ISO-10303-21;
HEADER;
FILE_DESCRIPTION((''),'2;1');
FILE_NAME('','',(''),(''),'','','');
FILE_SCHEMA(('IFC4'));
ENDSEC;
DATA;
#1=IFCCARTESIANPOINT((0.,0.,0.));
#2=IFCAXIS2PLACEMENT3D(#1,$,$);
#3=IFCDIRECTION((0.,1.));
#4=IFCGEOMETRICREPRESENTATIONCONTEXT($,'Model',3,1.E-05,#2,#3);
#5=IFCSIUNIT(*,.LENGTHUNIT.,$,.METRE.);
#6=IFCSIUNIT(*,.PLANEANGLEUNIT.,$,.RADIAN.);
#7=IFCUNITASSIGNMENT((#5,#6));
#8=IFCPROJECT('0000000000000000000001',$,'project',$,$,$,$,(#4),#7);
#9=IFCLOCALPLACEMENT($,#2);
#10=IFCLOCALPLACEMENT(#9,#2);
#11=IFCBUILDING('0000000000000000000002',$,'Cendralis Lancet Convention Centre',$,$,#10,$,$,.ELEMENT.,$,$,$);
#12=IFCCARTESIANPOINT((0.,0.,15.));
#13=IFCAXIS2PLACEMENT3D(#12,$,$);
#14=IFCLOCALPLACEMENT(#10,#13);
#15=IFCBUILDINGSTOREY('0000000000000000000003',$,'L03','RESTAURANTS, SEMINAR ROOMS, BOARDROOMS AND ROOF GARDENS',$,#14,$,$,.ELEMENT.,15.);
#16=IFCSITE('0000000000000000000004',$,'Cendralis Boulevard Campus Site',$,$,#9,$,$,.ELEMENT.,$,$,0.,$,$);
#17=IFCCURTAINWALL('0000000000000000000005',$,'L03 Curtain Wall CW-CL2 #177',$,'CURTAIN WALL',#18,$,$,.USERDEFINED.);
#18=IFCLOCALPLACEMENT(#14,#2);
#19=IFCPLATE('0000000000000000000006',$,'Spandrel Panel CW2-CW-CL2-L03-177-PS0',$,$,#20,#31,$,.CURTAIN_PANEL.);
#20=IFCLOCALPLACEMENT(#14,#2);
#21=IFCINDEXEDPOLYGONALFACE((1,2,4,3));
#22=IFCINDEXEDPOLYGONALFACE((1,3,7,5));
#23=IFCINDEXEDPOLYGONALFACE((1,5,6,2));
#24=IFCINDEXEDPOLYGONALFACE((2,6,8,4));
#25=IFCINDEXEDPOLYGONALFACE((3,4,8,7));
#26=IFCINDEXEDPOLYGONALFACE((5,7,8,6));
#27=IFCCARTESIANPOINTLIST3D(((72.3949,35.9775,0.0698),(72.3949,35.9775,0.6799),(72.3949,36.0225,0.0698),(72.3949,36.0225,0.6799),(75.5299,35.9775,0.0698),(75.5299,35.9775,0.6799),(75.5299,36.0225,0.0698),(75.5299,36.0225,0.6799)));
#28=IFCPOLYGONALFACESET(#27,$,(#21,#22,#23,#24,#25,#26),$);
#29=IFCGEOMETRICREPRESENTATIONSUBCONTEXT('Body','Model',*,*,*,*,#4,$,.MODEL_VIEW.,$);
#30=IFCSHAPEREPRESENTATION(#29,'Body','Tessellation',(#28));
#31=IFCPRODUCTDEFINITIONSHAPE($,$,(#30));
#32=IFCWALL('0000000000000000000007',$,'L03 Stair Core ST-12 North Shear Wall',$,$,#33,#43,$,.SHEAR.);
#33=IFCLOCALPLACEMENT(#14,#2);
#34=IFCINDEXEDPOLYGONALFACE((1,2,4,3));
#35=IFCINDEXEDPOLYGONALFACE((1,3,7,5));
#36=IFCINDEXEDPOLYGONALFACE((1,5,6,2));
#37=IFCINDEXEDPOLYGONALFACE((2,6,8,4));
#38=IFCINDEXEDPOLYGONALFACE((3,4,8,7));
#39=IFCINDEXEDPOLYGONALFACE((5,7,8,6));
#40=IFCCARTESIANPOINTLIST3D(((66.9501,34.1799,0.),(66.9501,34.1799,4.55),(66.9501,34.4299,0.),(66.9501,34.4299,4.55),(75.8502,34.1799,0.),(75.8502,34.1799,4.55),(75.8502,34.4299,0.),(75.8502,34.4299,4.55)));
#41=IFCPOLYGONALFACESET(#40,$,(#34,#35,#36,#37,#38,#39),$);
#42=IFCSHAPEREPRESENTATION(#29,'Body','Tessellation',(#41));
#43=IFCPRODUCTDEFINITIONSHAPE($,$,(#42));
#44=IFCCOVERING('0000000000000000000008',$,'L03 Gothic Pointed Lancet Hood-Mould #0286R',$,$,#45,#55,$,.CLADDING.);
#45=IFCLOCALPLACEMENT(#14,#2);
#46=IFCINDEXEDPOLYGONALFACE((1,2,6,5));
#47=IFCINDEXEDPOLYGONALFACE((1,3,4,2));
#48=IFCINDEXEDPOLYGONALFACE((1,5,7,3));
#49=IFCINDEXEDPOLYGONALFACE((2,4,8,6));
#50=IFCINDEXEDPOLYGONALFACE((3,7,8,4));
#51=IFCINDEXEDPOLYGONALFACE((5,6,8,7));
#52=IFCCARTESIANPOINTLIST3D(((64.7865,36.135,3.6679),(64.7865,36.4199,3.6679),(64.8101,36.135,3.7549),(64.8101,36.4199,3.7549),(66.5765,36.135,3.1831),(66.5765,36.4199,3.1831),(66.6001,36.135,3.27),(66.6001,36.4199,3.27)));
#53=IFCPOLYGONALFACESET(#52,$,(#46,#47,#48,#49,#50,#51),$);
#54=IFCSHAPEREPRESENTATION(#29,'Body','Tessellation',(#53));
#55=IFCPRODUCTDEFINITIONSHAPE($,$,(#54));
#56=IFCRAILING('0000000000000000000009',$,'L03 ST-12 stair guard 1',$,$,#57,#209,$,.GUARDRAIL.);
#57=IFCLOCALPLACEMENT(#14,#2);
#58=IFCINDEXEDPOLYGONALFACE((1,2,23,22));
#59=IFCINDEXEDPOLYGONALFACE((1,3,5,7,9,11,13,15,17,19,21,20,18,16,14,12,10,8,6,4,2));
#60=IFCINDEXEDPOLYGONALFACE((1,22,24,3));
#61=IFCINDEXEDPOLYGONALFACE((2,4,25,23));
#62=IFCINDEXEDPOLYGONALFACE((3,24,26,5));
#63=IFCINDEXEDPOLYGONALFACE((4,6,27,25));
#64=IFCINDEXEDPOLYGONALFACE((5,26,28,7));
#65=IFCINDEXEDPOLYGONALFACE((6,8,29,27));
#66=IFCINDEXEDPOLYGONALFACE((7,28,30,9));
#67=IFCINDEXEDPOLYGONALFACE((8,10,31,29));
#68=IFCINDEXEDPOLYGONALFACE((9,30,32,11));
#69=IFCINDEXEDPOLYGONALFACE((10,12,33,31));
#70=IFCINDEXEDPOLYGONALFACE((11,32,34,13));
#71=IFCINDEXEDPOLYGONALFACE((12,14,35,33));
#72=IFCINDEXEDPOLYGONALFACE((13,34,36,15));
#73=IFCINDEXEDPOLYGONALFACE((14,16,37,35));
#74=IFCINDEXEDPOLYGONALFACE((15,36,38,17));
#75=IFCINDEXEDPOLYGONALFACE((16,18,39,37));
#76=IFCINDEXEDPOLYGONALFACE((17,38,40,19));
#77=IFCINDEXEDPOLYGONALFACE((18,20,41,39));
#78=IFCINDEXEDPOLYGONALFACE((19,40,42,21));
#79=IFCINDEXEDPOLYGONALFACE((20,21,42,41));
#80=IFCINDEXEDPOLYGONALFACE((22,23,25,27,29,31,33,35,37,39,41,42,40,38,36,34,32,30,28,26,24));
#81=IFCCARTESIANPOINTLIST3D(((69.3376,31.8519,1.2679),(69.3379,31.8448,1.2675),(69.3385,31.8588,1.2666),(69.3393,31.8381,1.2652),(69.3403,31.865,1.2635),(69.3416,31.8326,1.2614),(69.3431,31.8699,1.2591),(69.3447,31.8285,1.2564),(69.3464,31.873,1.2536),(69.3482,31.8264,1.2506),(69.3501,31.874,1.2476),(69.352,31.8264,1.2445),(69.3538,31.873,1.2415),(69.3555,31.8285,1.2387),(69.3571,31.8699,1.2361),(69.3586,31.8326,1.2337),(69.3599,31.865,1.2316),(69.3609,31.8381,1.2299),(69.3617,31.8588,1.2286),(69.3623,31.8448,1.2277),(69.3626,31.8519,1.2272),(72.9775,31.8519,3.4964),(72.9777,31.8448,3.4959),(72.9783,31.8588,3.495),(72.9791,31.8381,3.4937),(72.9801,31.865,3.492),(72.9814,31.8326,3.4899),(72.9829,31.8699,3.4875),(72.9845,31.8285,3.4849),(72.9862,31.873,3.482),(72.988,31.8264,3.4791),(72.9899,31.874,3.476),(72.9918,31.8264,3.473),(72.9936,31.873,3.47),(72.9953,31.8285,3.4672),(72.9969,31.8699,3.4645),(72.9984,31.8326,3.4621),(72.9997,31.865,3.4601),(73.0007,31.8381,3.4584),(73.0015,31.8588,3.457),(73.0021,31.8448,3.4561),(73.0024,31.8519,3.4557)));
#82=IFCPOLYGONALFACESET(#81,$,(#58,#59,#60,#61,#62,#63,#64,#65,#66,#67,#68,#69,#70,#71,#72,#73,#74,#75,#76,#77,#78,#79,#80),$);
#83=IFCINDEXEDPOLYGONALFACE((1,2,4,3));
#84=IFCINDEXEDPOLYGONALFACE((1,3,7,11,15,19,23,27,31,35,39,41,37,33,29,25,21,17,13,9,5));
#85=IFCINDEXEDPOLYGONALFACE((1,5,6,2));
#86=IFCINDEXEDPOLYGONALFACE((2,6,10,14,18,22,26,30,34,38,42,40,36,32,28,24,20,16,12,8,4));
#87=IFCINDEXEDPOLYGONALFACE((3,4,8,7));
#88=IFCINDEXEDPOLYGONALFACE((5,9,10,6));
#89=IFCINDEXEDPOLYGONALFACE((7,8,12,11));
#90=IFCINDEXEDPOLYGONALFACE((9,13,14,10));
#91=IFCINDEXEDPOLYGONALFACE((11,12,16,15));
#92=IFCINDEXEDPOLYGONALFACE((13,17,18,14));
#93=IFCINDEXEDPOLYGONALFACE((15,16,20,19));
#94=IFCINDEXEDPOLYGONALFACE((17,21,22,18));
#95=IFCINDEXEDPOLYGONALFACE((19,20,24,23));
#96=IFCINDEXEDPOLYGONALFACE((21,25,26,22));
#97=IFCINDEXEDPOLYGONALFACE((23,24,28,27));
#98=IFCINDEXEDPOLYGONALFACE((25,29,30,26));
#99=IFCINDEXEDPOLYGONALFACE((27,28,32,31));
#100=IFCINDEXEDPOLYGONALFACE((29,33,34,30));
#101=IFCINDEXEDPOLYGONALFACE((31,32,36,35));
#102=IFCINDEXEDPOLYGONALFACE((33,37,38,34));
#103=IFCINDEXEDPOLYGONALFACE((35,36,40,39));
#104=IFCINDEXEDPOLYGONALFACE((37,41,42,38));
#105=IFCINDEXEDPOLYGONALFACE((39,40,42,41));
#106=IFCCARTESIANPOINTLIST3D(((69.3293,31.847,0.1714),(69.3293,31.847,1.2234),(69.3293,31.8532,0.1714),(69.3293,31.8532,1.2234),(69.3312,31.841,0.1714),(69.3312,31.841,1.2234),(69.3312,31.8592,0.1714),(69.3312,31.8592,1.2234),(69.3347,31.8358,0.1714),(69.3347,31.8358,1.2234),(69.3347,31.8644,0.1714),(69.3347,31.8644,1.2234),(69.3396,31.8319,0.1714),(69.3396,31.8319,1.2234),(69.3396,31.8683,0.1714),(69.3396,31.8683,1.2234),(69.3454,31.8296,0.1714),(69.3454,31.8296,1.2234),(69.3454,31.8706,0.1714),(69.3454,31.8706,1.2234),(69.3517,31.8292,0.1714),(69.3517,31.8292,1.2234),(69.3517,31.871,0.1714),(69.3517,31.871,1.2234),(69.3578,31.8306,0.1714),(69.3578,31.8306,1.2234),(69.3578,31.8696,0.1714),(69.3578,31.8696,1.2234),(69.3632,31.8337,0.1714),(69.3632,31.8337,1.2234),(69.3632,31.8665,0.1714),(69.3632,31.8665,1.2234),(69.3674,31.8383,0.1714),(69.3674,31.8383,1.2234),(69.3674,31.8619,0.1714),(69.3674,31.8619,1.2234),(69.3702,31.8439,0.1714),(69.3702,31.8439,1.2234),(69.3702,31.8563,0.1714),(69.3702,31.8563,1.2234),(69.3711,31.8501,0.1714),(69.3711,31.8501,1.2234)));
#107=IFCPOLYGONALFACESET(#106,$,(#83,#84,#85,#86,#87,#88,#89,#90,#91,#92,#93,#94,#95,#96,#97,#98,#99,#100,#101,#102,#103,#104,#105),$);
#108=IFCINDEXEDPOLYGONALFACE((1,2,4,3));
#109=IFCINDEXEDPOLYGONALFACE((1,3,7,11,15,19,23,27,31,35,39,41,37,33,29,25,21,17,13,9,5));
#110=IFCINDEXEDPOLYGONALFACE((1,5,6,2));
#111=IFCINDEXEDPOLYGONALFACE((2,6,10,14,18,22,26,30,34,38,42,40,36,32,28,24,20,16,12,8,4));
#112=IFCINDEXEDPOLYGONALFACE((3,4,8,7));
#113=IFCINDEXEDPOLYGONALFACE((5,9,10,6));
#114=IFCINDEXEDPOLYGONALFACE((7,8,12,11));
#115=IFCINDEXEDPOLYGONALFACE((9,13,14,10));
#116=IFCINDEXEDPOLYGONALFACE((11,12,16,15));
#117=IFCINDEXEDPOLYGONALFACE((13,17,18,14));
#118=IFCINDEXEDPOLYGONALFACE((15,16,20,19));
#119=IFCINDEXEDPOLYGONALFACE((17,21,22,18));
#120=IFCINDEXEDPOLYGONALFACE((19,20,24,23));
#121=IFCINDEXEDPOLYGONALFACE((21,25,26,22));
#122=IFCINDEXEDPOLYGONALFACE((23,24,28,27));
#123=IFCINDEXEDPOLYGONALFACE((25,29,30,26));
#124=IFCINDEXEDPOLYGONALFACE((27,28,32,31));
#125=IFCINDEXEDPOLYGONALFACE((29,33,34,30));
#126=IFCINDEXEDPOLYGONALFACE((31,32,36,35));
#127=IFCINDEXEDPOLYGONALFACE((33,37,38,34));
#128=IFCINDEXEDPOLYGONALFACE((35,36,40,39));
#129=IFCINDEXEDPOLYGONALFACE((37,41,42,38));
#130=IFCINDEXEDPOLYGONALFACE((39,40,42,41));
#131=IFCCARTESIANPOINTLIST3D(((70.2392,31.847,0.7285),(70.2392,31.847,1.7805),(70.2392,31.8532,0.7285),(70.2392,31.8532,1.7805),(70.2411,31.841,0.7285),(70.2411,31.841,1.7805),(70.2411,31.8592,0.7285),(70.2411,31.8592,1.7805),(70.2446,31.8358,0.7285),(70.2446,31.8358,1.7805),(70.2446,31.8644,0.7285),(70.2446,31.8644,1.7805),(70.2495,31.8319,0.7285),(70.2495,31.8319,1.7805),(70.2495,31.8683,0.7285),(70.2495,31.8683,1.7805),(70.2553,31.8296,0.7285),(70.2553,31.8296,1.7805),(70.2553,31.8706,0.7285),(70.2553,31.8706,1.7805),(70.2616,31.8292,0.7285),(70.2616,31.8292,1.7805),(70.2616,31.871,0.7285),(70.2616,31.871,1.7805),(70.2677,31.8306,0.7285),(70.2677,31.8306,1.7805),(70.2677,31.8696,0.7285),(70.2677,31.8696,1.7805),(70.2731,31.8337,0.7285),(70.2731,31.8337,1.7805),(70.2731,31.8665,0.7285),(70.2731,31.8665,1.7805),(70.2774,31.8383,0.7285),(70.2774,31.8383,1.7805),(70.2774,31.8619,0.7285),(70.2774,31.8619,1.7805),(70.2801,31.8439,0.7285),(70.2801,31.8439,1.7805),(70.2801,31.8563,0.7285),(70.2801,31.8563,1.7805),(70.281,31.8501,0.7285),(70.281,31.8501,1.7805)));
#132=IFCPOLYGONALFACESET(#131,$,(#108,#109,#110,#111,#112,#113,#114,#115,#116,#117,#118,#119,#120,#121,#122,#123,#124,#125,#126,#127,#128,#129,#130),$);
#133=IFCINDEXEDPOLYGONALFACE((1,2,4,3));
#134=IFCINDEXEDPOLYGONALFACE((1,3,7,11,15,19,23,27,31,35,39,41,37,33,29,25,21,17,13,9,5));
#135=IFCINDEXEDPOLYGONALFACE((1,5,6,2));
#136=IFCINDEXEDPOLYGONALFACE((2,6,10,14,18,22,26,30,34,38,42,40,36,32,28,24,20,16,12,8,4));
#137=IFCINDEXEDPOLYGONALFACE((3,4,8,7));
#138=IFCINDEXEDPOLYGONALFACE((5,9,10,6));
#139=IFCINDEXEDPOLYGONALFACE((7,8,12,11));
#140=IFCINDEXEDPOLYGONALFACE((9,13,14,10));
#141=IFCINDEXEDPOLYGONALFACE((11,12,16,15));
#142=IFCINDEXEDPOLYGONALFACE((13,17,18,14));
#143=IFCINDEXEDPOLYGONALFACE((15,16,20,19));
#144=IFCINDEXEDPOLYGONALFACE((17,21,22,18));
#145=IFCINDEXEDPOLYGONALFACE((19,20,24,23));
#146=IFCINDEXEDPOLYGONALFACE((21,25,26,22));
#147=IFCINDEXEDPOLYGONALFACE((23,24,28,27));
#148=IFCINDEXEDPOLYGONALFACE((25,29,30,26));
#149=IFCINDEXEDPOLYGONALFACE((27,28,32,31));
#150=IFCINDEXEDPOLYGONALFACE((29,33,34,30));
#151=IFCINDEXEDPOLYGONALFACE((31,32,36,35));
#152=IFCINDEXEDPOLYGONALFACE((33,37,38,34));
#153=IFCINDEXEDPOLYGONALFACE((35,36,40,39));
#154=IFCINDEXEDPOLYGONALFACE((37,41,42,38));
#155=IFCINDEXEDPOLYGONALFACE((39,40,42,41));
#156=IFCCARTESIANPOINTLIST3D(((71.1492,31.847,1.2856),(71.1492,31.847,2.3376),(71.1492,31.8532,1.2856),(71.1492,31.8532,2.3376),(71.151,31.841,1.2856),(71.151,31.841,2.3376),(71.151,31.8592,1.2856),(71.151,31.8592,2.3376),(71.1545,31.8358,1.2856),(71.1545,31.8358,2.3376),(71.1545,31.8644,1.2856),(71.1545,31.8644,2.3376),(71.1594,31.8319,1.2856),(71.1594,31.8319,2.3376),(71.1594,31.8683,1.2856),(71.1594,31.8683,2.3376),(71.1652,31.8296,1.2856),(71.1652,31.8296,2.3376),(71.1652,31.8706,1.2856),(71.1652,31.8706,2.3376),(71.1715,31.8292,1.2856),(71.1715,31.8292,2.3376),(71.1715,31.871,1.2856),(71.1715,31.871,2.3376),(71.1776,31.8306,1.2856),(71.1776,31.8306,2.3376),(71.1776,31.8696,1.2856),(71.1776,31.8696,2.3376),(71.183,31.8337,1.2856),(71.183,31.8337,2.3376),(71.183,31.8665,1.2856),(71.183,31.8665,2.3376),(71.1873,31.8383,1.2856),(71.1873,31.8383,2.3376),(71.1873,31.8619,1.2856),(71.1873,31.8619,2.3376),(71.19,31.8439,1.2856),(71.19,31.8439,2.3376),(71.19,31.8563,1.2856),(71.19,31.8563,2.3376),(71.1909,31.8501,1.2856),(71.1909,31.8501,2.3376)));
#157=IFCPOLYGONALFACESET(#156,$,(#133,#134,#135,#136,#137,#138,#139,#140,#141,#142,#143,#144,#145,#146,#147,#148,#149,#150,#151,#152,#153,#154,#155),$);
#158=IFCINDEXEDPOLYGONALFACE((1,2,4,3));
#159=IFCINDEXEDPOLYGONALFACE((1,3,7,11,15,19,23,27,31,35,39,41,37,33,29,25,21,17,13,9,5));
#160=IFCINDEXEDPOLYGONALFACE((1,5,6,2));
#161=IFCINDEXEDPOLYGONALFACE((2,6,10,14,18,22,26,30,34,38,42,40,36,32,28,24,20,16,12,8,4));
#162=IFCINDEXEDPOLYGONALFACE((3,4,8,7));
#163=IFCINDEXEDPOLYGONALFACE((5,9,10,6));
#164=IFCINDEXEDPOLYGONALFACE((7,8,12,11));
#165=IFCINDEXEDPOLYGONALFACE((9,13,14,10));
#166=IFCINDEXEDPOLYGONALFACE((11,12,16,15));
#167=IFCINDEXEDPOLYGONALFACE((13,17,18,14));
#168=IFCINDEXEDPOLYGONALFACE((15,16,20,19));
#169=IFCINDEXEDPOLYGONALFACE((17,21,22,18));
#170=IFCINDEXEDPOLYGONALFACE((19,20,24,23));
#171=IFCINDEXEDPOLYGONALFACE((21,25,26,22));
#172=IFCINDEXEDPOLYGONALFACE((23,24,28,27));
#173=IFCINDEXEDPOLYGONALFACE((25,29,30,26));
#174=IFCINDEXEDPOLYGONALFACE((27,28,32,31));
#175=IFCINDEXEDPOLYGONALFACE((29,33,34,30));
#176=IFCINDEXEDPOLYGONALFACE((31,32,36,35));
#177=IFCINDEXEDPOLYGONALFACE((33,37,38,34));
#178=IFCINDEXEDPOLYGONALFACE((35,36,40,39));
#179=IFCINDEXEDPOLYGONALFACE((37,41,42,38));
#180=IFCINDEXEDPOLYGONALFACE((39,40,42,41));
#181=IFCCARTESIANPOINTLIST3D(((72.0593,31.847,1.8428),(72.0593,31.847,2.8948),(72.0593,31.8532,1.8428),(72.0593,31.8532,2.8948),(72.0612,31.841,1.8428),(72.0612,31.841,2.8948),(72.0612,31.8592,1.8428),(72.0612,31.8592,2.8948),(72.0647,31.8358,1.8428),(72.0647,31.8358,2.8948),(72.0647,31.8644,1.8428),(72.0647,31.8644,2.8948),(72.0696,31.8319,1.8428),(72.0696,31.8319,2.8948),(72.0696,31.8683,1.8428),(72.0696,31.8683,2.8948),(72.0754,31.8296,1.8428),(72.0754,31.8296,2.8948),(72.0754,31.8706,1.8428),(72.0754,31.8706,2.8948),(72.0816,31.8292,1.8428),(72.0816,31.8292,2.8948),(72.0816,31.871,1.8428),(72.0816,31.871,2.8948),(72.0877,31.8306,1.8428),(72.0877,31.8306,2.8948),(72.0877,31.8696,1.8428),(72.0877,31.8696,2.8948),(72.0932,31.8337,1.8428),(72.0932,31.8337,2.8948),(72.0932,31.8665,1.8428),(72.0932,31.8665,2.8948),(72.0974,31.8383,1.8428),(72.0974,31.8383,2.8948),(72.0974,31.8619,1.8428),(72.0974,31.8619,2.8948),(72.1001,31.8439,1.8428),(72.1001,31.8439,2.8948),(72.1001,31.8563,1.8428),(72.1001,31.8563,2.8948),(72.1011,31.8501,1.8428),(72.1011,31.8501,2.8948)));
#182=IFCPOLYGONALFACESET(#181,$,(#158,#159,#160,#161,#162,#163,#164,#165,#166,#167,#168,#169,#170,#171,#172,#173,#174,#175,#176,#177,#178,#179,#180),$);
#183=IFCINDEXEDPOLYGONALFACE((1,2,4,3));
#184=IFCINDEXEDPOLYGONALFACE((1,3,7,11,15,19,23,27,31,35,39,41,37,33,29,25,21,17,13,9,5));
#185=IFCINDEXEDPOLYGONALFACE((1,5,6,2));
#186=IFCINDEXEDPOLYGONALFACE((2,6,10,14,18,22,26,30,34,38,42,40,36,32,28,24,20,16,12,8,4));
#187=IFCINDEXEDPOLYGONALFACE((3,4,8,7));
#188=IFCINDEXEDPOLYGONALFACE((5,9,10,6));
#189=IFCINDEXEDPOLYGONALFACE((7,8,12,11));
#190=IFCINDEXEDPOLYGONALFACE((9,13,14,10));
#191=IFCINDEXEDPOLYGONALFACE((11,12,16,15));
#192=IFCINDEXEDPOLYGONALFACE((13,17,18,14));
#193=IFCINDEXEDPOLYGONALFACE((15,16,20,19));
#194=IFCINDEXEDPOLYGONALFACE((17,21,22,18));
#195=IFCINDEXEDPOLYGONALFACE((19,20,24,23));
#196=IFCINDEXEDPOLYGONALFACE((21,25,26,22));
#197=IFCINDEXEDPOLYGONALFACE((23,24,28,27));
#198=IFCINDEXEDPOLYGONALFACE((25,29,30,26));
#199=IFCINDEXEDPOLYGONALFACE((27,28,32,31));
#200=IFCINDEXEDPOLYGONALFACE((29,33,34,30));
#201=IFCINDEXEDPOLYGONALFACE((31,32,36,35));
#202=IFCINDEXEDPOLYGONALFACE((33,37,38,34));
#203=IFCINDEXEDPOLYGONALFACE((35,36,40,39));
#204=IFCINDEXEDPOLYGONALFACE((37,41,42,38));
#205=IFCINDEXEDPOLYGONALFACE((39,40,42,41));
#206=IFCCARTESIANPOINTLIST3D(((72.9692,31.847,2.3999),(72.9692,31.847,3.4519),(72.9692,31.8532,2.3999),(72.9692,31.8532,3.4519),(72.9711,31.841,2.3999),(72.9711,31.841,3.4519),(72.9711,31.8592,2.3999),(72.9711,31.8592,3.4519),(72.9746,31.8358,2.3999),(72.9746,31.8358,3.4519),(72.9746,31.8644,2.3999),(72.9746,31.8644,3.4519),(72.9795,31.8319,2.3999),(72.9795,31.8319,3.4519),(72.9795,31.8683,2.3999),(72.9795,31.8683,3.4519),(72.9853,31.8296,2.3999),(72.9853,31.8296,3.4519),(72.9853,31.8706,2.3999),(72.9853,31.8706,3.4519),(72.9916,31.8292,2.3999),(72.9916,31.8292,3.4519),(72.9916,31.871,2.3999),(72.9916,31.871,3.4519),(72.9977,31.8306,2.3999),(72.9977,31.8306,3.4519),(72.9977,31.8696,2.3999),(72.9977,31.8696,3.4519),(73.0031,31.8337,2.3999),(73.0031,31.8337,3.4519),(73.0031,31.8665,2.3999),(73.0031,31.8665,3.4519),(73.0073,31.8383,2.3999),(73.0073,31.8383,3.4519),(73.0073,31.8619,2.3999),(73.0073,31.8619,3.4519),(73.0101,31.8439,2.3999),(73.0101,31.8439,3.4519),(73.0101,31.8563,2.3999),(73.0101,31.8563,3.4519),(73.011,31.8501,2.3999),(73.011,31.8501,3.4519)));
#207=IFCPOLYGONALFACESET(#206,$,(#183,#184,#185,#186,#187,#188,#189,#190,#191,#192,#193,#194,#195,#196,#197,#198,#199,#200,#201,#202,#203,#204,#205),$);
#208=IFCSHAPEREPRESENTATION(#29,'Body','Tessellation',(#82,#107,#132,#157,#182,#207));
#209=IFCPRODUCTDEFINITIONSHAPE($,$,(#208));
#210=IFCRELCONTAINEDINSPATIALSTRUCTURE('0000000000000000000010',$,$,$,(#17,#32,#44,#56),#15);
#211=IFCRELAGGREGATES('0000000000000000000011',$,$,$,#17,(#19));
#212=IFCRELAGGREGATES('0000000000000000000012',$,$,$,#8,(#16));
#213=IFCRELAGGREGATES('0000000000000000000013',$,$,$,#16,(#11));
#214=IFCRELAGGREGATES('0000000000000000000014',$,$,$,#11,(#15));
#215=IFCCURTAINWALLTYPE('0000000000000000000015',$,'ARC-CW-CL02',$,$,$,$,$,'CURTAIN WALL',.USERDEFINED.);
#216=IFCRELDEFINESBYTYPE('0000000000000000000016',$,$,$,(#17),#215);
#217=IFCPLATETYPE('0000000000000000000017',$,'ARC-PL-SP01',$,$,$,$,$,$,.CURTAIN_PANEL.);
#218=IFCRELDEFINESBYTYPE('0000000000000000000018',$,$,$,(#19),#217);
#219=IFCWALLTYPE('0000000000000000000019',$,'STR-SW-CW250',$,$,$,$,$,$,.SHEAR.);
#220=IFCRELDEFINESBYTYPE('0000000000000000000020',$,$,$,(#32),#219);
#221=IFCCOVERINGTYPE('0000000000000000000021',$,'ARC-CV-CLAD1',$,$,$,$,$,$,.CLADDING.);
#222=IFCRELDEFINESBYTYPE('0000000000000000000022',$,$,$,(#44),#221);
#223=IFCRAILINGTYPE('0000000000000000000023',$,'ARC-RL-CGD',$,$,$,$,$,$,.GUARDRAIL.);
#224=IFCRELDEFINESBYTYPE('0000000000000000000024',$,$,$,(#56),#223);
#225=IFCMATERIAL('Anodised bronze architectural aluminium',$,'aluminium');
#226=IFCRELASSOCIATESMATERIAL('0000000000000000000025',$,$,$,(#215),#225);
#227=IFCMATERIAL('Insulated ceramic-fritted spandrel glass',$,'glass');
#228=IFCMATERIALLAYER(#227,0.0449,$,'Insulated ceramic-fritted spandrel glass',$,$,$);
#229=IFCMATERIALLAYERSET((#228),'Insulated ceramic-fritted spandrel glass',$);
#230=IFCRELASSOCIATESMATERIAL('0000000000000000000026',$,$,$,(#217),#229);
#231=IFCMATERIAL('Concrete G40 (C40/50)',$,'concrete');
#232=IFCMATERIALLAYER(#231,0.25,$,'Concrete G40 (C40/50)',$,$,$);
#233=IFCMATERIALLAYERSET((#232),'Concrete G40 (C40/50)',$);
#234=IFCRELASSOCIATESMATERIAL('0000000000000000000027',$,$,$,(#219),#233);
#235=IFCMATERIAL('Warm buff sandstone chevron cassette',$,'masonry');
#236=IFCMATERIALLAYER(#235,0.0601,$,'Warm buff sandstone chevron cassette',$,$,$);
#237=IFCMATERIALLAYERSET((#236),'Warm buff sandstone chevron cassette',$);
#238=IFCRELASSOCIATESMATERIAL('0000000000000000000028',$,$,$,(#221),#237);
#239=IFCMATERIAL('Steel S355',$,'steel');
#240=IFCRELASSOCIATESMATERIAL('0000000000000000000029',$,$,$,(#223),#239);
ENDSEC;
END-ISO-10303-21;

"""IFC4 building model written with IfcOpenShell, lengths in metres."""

from ifc_helpers import new_model, si_unit, direction, frame, frame_2d, origin, origin_2d, place, context, subcontext, project, spatial, polyline, rectangle, circle, outline, extrude, material, layer, layer_set, type_object, element, aggregate, save


model = new_model("IFC4")

# Units and contexts
model_context = context("Model", 3, precision=1e-05, world=origin(), true_north=direction((0.0, 1.0)))
body_context = subcontext(model_context, "Body", "Model", "MODEL_VIEW")
ifc_project = project(units=[si_unit("LENGTHUNIT", "METRE"), si_unit("PLANEANGLEUNIT", "RADIAN")], contexts=[model_context])

# Site, building, storey
site_placement = place(None, origin())
site = spatial("IfcSite", under=ifc_project, at=site_placement, Name="Cendralis Boulevard Campus Site", CompositionType="ELEMENT", RefElevation=0.0)
building_placement = place(site_placement, origin())
building = spatial("IfcBuilding", under=site, at=building_placement, Name="Cendralis Lancet Convention Centre", CompositionType="ELEMENT")
storey_placement = place(building_placement, frame((0.0, 0.0, 15.0)))
storey = spatial("IfcBuildingStorey", under=building, at=storey_placement, Name="L03", Description="RESTAURANTS, SEMINAR ROOMS, BOARDROOMS AND ROOF GARDENS", CompositionType="ELEMENT", Elevation=15.0)

# Shared definitions
ifc_material_1 = material(Name="Concrete G40 (C40/50)", Category="concrete")

# Curtain wall
ifc_material_2 = material(Name="Anodised bronze architectural aluminium", Category="aluminium")
curtain_wall_type = type_object("IfcCurtainWallType", Name="ARC-CW-CL02", ElementType="CURTAIN WALL", PredefinedType="USERDEFINED", material=ifc_material_2)
curtain_wall_placement = place(storey_placement, origin())
curtain_wall = element("IfcCurtainWall", 1, at=curtain_wall_placement, inside=storey, type_object=curtain_wall_type, Name="L03 Curtain Wall CW-CL2 #177", ObjectType="CURTAIN WALL", PredefinedType="USERDEFINED")

# Plate
ifc_material_3 = material(Name="Insulated ceramic-fritted spandrel glass", Category="glass")
ifc_layer_1 = layer(ifc_material_3, 0.0449, Name="Insulated ceramic-fritted spandrel glass")
ifc_layer_set_1 = layer_set([ifc_layer_1], Name="Insulated ceramic-fritted spandrel glass")
plate_type_1 = type_object("IfcPlateType", Name="ARC-PL-SP01", PredefinedType="CURTAIN_PANEL", material=ifc_layer_set_1)
plate_1_placement = place(storey_placement, frame((73.9624, 36.0, 0.0698), z_axis=(0.0, 0.0, 1.0), x_axis=(1.0, 0.0, 0.0)))
plate_1 = element("IfcPlate", 2, at=plate_1_placement, type_object=plate_type_1, Name="Spandrel Panel CW2-CW-CL2-L03-177-PS0", PredefinedType="CURTAIN_PANEL", context=body_context, shape_type="SweptSolid", body=[
    extrude(rectangle(XDim=3.135, YDim=0.0449, at=origin_2d()), origin(), (0.0, 0.0, 1.0), 0.6101),
])
aggregate(curtain_wall, [plate_1])

# Wall
ifc_layer_2 = layer(ifc_material_1, 0.25, Name="Concrete G40 (C40/50)")
ifc_layer_set_2 = layer_set([ifc_layer_2], Name="Concrete G40 (C40/50)")
wall_type = type_object("IfcWallType", Name="STR-SW-CW250", PredefinedType="SHEAR", material=ifc_layer_set_2)
wall_placement = place(storey_placement, frame((66.95, 34.3049, 0.0), z_axis=(0.0, 0.0, 1.0), x_axis=(1.0, 0.0, 0.0)))
element("IfcWall", 3, at=wall_placement, inside=storey, type_object=wall_type, Name="L03 Stair Core ST-12 North Shear Wall", PredefinedType="SHEAR", context=body_context, shape_type="SweptSolid", body=[
    extrude(rectangle(XDim=8.9001, YDim=0.25, at=frame_2d((4.4502, 0.0))), origin(), (0.0, 0.0, 1.0), 4.55),
])

# Covering
ifc_material_4 = material(Name="Warm buff sandstone chevron cassette", Category="masonry")
ifc_layer_3 = layer(ifc_material_4, 0.0601, Name="Warm buff sandstone chevron cassette")
ifc_layer_set_3 = layer_set([ifc_layer_3], Name="Warm buff sandstone chevron cassette")
covering_type = type_object("IfcCoveringType", Name="ARC-CV-CLAD1", PredefinedType="CLADDING", material=ifc_layer_set_3)
covering_placement = place(storey_placement, frame((64.8101, 36.4199, 3.7549), z_axis=(0.261446, 0.0, 0.965218), x_axis=(0.0, -1.0, 0.0)))
element("IfcCovering", 4, at=covering_placement, inside=storey, type_object=covering_type, Name="L03 Gothic Pointed Lancet Hood-Mould #0286R", PredefinedType="CLADDING", context=body_context, shape_type="SweptSolid", body=[
    extrude(outline(polyline([(0.0, 0.0), (0.2849, 0.0), (0.2849, 1.8545), (0.0, 1.8545), (0.0, 0.0)])), origin(), (0.0, 0.0, -1.0), 0.0901),
])

# Railing
ifc_material_5 = material(Name="Steel S355", Category="steel")
railing_type_1 = type_object("IfcRailingType", Name="ARC-RL-CGD", PredefinedType="GUARDRAIL", material=ifc_material_5)
railing_1_placement = place(storey_placement, frame((69.3501, 31.8501, 0.1714)))
element("IfcRailing", 5, at=railing_1_placement, inside=storey, type_object=railing_type_1, Name="L03 ST-12 stair guard 1", PredefinedType="GUARDRAIL", context=body_context, shape_type="SweptSolid", body=[
    extrude(circle(Radius=0.0239, at=origin_2d()), frame((0.0, 0.0, 1.0762), z_axis=(0.85285, 0.0, 0.522156), x_axis=(0.0, 1.0, 0.0)), (0.0, 0.0, 1.0), 4.2678),
    extrude(circle(Radius=0.021, at=origin_2d()), origin(), (0.0, 0.0, 1.0), 1.052),
    extrude(circle(Radius=0.021, at=origin_2d()), frame((0.9099, 0.0, 0.5571)), (0.0, 0.0, 1.0), 1.052),
    extrude(circle(Radius=0.021, at=origin_2d()), frame((1.8198, 0.0, 1.1143)), (0.0, 0.0, 1.0), 1.052),
    extrude(circle(Radius=0.021, at=origin_2d()), frame((2.73, 0.0, 1.6714)), (0.0, 0.0, 1.0), 1.052),
    extrude(circle(Radius=0.021, at=origin_2d()), frame((3.6399, 0.0, 2.2285)), (0.0, 0.0, 1.0), 1.052),
])

save(model, "model.ifc")
